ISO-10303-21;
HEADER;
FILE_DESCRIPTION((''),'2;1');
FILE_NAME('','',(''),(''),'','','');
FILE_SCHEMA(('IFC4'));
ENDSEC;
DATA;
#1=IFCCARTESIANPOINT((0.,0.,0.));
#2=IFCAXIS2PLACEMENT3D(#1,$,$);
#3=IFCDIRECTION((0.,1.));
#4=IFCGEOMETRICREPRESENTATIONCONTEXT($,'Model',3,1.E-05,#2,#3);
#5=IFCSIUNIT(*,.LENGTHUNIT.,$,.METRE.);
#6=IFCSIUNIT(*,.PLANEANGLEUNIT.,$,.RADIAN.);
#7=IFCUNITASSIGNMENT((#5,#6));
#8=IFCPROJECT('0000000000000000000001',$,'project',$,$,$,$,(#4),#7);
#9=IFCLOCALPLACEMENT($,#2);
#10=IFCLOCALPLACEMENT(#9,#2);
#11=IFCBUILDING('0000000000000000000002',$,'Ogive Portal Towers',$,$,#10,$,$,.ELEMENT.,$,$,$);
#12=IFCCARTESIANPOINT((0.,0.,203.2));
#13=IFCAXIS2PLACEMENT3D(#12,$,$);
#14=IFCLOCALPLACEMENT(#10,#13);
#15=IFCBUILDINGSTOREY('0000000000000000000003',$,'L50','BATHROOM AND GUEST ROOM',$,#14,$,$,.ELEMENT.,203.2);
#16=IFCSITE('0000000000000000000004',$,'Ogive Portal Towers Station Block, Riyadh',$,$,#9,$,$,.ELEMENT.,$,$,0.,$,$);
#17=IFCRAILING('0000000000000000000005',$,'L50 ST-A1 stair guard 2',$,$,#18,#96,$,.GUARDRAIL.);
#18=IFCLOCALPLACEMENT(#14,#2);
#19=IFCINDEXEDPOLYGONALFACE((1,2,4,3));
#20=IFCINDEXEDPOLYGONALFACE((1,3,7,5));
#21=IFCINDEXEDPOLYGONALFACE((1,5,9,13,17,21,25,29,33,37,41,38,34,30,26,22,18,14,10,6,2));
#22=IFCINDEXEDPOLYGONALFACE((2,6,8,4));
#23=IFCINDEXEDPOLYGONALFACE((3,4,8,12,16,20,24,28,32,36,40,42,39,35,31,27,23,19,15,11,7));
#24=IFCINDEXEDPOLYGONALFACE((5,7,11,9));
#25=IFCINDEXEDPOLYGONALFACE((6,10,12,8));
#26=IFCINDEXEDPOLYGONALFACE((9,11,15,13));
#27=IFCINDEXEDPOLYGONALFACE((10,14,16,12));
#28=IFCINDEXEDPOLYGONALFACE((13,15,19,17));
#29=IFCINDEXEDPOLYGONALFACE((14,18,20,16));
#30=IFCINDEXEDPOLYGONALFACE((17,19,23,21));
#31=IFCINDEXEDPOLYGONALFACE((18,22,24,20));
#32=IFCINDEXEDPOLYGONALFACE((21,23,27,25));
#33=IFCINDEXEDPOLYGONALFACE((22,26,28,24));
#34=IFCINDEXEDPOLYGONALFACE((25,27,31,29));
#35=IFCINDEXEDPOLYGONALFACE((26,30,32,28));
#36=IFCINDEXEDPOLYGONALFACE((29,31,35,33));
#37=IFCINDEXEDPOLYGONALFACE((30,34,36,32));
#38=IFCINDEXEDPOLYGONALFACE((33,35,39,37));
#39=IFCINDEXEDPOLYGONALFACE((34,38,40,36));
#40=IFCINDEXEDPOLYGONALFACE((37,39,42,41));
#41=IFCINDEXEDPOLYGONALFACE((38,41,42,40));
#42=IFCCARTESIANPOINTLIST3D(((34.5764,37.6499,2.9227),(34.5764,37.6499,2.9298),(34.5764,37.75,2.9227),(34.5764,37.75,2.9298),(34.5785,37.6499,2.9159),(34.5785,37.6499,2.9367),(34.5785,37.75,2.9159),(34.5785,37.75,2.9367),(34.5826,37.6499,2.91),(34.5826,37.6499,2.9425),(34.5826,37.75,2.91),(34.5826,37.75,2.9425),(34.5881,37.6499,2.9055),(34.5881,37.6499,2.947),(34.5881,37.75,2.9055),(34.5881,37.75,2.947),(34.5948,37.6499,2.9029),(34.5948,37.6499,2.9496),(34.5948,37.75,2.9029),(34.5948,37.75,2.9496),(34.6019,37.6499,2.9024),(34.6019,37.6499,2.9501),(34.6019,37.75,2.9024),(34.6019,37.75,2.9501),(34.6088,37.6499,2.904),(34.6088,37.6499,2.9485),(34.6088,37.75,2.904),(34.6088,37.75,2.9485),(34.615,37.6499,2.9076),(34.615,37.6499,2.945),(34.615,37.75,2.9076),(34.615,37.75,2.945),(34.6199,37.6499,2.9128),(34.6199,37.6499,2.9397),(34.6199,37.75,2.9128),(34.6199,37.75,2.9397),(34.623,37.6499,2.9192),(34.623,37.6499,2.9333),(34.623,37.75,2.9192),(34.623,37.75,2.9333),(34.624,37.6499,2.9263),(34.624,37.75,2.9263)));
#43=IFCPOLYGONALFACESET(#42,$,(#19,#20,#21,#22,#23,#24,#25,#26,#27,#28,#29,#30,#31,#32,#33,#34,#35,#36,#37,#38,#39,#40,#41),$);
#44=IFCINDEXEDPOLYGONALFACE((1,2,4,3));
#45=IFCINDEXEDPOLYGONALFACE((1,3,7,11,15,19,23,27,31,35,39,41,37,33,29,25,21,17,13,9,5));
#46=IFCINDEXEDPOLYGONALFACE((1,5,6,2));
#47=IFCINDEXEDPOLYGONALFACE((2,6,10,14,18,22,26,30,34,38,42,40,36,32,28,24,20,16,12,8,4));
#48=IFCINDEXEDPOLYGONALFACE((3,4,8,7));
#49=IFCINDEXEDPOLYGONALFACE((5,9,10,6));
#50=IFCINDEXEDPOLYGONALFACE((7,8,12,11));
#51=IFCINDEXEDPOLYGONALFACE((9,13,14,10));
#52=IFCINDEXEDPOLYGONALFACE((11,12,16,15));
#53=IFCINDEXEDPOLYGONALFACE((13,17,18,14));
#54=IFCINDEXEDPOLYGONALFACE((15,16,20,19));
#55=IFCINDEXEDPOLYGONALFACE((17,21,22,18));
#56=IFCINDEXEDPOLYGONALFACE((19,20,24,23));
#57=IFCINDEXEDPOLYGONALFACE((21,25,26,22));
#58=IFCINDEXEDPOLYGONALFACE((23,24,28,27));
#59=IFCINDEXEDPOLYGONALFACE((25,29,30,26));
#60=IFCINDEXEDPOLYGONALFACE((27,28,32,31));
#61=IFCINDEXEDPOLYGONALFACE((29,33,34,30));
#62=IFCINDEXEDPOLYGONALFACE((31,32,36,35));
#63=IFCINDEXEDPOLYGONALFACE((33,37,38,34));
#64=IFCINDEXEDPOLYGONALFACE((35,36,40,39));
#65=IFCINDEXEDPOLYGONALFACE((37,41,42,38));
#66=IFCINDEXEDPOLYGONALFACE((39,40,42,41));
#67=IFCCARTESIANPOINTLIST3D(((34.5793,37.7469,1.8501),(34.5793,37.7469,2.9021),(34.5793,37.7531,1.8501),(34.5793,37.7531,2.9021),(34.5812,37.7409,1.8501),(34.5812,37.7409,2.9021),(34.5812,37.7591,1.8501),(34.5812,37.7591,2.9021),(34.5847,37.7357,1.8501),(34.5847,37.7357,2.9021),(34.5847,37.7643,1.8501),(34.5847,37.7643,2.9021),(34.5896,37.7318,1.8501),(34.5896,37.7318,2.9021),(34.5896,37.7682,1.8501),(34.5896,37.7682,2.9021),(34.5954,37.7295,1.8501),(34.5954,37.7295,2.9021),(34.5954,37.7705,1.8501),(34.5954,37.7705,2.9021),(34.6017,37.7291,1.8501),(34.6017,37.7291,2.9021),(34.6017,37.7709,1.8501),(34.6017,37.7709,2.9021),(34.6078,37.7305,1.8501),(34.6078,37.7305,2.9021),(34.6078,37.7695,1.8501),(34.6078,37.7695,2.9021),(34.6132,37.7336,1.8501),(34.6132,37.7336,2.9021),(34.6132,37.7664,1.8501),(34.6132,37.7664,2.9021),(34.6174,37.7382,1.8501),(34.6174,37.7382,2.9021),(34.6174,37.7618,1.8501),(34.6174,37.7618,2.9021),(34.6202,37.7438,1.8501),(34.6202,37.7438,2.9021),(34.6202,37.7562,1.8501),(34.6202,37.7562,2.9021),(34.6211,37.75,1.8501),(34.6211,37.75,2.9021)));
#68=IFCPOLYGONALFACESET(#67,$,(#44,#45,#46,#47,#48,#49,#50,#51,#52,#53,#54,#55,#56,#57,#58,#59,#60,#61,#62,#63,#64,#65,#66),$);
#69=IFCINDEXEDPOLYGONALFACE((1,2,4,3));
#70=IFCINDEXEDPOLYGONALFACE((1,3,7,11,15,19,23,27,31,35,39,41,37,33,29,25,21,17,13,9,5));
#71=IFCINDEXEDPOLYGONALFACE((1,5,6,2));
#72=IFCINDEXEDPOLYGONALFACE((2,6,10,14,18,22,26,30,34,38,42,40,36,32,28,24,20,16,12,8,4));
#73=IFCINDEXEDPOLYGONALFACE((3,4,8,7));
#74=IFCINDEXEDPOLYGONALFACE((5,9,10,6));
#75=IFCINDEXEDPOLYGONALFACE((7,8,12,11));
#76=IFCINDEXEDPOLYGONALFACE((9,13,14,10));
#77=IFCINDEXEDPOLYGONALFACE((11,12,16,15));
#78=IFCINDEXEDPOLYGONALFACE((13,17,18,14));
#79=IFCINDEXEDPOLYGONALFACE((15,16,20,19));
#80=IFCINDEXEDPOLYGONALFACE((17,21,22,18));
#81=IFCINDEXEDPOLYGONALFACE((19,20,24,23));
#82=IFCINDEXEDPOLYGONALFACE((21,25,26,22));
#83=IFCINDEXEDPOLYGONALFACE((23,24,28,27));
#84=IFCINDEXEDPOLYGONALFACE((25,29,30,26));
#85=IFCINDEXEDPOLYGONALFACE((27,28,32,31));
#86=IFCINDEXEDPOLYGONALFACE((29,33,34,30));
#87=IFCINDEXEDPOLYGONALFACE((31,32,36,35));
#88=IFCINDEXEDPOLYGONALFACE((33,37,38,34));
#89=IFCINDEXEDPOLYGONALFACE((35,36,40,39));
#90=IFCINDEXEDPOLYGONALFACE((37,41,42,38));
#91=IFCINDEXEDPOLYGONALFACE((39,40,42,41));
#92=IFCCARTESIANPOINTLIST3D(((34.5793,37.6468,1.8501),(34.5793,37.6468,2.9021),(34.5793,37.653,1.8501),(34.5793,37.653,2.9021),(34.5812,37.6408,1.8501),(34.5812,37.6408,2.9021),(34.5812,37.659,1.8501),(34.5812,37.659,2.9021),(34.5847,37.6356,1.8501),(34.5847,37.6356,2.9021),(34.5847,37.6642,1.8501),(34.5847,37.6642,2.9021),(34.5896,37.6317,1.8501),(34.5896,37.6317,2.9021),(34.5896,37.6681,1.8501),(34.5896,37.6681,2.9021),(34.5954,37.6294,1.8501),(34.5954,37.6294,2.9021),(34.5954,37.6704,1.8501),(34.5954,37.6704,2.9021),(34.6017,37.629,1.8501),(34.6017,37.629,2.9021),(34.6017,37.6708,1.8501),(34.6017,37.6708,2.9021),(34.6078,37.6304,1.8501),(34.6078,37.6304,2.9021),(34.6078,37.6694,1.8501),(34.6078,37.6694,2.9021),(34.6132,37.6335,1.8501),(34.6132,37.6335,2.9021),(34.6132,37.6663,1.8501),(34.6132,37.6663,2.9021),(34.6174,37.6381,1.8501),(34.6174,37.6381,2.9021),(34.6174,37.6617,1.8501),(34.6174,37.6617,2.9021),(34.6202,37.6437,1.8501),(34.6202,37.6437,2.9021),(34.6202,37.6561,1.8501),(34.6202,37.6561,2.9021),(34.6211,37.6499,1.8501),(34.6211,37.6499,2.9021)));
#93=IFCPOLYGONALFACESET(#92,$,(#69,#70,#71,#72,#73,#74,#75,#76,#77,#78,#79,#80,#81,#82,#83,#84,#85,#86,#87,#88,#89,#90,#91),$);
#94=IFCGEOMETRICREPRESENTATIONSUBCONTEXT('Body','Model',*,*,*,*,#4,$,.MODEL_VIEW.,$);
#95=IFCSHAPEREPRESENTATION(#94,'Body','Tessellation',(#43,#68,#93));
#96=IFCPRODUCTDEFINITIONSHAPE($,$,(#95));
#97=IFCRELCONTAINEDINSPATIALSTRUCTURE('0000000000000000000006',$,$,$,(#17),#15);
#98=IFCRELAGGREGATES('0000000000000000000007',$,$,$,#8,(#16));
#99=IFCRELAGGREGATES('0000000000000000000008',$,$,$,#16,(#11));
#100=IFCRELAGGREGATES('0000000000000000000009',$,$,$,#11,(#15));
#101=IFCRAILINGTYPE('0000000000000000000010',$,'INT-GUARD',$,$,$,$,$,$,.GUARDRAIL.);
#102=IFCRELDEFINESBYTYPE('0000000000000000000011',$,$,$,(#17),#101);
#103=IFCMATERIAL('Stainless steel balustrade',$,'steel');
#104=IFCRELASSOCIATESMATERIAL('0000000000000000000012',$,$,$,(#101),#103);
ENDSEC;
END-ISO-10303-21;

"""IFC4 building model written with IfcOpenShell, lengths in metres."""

from ifc_helpers import new_model, si_unit, direction, frame, origin, origin_2d, place, context, subcontext, project, spatial, circle, extrude, material, type_object, element, save


model = new_model("IFC4")

# Units and contexts
model_context = context("Model", 3, precision=1e-05, world=origin(), true_north=direction((0.0, 1.0)))
body_context = subcontext(model_context, "Body", "Model", "MODEL_VIEW")
ifc_project = project(units=[si_unit("LENGTHUNIT", "METRE"), si_unit("PLANEANGLEUNIT", "RADIAN")], contexts=[model_context])

# Site, building, storey
site_placement = place(None, origin())
site = spatial("IfcSite", under=ifc_project, at=site_placement, Name="Ogive Portal Towers Station Block, Riyadh", CompositionType="ELEMENT", RefElevation=0.0)
building_placement = place(site_placement, origin())
building = spatial("IfcBuilding", under=site, at=building_placement, Name="Ogive Portal Towers", CompositionType="ELEMENT")
storey_placement = place(building_placement, frame((0.0, 0.0, 203.2)))
storey = spatial("IfcBuildingStorey", under=building, at=storey_placement, Name="L50", Description="BATHROOM AND GUEST ROOM", CompositionType="ELEMENT", Elevation=203.2)

# Railing
ifc_material_1 = material(Name="Stainless steel balustrade", Category="steel")
railing_type_1 = type_object("IfcRailingType", Name="INT-GUARD", PredefinedType="GUARDRAIL", material=ifc_material_1)
railing_1_placement = place(storey_placement, frame((34.6001, 37.75, 1.8501)))
element("IfcRailing", 1, at=railing_1_placement, inside=storey, type_object=railing_type_1, Name="L50 ST-A1 stair guard 2", PredefinedType="GUARDRAIL", context=body_context, shape_type="SweptSolid", body=[
    extrude(circle(Radius=0.0239, at=origin_2d()), frame((0.0, 0.0, 1.0762), z_axis=(0.0, -1.0, 0.0), x_axis=(1.0, 0.0, 0.0)), (0.0, 0.0, 1.0), 0.1001),
    extrude(circle(Radius=0.021, at=origin_2d()), origin(), (0.0, 0.0, 1.0), 1.052),
    extrude(circle(Radius=0.021, at=origin_2d()), frame((0.0, -0.1001, 0.0)), (0.0, 0.0, 1.0), 1.052),
])

save(model, "model.ifc")
